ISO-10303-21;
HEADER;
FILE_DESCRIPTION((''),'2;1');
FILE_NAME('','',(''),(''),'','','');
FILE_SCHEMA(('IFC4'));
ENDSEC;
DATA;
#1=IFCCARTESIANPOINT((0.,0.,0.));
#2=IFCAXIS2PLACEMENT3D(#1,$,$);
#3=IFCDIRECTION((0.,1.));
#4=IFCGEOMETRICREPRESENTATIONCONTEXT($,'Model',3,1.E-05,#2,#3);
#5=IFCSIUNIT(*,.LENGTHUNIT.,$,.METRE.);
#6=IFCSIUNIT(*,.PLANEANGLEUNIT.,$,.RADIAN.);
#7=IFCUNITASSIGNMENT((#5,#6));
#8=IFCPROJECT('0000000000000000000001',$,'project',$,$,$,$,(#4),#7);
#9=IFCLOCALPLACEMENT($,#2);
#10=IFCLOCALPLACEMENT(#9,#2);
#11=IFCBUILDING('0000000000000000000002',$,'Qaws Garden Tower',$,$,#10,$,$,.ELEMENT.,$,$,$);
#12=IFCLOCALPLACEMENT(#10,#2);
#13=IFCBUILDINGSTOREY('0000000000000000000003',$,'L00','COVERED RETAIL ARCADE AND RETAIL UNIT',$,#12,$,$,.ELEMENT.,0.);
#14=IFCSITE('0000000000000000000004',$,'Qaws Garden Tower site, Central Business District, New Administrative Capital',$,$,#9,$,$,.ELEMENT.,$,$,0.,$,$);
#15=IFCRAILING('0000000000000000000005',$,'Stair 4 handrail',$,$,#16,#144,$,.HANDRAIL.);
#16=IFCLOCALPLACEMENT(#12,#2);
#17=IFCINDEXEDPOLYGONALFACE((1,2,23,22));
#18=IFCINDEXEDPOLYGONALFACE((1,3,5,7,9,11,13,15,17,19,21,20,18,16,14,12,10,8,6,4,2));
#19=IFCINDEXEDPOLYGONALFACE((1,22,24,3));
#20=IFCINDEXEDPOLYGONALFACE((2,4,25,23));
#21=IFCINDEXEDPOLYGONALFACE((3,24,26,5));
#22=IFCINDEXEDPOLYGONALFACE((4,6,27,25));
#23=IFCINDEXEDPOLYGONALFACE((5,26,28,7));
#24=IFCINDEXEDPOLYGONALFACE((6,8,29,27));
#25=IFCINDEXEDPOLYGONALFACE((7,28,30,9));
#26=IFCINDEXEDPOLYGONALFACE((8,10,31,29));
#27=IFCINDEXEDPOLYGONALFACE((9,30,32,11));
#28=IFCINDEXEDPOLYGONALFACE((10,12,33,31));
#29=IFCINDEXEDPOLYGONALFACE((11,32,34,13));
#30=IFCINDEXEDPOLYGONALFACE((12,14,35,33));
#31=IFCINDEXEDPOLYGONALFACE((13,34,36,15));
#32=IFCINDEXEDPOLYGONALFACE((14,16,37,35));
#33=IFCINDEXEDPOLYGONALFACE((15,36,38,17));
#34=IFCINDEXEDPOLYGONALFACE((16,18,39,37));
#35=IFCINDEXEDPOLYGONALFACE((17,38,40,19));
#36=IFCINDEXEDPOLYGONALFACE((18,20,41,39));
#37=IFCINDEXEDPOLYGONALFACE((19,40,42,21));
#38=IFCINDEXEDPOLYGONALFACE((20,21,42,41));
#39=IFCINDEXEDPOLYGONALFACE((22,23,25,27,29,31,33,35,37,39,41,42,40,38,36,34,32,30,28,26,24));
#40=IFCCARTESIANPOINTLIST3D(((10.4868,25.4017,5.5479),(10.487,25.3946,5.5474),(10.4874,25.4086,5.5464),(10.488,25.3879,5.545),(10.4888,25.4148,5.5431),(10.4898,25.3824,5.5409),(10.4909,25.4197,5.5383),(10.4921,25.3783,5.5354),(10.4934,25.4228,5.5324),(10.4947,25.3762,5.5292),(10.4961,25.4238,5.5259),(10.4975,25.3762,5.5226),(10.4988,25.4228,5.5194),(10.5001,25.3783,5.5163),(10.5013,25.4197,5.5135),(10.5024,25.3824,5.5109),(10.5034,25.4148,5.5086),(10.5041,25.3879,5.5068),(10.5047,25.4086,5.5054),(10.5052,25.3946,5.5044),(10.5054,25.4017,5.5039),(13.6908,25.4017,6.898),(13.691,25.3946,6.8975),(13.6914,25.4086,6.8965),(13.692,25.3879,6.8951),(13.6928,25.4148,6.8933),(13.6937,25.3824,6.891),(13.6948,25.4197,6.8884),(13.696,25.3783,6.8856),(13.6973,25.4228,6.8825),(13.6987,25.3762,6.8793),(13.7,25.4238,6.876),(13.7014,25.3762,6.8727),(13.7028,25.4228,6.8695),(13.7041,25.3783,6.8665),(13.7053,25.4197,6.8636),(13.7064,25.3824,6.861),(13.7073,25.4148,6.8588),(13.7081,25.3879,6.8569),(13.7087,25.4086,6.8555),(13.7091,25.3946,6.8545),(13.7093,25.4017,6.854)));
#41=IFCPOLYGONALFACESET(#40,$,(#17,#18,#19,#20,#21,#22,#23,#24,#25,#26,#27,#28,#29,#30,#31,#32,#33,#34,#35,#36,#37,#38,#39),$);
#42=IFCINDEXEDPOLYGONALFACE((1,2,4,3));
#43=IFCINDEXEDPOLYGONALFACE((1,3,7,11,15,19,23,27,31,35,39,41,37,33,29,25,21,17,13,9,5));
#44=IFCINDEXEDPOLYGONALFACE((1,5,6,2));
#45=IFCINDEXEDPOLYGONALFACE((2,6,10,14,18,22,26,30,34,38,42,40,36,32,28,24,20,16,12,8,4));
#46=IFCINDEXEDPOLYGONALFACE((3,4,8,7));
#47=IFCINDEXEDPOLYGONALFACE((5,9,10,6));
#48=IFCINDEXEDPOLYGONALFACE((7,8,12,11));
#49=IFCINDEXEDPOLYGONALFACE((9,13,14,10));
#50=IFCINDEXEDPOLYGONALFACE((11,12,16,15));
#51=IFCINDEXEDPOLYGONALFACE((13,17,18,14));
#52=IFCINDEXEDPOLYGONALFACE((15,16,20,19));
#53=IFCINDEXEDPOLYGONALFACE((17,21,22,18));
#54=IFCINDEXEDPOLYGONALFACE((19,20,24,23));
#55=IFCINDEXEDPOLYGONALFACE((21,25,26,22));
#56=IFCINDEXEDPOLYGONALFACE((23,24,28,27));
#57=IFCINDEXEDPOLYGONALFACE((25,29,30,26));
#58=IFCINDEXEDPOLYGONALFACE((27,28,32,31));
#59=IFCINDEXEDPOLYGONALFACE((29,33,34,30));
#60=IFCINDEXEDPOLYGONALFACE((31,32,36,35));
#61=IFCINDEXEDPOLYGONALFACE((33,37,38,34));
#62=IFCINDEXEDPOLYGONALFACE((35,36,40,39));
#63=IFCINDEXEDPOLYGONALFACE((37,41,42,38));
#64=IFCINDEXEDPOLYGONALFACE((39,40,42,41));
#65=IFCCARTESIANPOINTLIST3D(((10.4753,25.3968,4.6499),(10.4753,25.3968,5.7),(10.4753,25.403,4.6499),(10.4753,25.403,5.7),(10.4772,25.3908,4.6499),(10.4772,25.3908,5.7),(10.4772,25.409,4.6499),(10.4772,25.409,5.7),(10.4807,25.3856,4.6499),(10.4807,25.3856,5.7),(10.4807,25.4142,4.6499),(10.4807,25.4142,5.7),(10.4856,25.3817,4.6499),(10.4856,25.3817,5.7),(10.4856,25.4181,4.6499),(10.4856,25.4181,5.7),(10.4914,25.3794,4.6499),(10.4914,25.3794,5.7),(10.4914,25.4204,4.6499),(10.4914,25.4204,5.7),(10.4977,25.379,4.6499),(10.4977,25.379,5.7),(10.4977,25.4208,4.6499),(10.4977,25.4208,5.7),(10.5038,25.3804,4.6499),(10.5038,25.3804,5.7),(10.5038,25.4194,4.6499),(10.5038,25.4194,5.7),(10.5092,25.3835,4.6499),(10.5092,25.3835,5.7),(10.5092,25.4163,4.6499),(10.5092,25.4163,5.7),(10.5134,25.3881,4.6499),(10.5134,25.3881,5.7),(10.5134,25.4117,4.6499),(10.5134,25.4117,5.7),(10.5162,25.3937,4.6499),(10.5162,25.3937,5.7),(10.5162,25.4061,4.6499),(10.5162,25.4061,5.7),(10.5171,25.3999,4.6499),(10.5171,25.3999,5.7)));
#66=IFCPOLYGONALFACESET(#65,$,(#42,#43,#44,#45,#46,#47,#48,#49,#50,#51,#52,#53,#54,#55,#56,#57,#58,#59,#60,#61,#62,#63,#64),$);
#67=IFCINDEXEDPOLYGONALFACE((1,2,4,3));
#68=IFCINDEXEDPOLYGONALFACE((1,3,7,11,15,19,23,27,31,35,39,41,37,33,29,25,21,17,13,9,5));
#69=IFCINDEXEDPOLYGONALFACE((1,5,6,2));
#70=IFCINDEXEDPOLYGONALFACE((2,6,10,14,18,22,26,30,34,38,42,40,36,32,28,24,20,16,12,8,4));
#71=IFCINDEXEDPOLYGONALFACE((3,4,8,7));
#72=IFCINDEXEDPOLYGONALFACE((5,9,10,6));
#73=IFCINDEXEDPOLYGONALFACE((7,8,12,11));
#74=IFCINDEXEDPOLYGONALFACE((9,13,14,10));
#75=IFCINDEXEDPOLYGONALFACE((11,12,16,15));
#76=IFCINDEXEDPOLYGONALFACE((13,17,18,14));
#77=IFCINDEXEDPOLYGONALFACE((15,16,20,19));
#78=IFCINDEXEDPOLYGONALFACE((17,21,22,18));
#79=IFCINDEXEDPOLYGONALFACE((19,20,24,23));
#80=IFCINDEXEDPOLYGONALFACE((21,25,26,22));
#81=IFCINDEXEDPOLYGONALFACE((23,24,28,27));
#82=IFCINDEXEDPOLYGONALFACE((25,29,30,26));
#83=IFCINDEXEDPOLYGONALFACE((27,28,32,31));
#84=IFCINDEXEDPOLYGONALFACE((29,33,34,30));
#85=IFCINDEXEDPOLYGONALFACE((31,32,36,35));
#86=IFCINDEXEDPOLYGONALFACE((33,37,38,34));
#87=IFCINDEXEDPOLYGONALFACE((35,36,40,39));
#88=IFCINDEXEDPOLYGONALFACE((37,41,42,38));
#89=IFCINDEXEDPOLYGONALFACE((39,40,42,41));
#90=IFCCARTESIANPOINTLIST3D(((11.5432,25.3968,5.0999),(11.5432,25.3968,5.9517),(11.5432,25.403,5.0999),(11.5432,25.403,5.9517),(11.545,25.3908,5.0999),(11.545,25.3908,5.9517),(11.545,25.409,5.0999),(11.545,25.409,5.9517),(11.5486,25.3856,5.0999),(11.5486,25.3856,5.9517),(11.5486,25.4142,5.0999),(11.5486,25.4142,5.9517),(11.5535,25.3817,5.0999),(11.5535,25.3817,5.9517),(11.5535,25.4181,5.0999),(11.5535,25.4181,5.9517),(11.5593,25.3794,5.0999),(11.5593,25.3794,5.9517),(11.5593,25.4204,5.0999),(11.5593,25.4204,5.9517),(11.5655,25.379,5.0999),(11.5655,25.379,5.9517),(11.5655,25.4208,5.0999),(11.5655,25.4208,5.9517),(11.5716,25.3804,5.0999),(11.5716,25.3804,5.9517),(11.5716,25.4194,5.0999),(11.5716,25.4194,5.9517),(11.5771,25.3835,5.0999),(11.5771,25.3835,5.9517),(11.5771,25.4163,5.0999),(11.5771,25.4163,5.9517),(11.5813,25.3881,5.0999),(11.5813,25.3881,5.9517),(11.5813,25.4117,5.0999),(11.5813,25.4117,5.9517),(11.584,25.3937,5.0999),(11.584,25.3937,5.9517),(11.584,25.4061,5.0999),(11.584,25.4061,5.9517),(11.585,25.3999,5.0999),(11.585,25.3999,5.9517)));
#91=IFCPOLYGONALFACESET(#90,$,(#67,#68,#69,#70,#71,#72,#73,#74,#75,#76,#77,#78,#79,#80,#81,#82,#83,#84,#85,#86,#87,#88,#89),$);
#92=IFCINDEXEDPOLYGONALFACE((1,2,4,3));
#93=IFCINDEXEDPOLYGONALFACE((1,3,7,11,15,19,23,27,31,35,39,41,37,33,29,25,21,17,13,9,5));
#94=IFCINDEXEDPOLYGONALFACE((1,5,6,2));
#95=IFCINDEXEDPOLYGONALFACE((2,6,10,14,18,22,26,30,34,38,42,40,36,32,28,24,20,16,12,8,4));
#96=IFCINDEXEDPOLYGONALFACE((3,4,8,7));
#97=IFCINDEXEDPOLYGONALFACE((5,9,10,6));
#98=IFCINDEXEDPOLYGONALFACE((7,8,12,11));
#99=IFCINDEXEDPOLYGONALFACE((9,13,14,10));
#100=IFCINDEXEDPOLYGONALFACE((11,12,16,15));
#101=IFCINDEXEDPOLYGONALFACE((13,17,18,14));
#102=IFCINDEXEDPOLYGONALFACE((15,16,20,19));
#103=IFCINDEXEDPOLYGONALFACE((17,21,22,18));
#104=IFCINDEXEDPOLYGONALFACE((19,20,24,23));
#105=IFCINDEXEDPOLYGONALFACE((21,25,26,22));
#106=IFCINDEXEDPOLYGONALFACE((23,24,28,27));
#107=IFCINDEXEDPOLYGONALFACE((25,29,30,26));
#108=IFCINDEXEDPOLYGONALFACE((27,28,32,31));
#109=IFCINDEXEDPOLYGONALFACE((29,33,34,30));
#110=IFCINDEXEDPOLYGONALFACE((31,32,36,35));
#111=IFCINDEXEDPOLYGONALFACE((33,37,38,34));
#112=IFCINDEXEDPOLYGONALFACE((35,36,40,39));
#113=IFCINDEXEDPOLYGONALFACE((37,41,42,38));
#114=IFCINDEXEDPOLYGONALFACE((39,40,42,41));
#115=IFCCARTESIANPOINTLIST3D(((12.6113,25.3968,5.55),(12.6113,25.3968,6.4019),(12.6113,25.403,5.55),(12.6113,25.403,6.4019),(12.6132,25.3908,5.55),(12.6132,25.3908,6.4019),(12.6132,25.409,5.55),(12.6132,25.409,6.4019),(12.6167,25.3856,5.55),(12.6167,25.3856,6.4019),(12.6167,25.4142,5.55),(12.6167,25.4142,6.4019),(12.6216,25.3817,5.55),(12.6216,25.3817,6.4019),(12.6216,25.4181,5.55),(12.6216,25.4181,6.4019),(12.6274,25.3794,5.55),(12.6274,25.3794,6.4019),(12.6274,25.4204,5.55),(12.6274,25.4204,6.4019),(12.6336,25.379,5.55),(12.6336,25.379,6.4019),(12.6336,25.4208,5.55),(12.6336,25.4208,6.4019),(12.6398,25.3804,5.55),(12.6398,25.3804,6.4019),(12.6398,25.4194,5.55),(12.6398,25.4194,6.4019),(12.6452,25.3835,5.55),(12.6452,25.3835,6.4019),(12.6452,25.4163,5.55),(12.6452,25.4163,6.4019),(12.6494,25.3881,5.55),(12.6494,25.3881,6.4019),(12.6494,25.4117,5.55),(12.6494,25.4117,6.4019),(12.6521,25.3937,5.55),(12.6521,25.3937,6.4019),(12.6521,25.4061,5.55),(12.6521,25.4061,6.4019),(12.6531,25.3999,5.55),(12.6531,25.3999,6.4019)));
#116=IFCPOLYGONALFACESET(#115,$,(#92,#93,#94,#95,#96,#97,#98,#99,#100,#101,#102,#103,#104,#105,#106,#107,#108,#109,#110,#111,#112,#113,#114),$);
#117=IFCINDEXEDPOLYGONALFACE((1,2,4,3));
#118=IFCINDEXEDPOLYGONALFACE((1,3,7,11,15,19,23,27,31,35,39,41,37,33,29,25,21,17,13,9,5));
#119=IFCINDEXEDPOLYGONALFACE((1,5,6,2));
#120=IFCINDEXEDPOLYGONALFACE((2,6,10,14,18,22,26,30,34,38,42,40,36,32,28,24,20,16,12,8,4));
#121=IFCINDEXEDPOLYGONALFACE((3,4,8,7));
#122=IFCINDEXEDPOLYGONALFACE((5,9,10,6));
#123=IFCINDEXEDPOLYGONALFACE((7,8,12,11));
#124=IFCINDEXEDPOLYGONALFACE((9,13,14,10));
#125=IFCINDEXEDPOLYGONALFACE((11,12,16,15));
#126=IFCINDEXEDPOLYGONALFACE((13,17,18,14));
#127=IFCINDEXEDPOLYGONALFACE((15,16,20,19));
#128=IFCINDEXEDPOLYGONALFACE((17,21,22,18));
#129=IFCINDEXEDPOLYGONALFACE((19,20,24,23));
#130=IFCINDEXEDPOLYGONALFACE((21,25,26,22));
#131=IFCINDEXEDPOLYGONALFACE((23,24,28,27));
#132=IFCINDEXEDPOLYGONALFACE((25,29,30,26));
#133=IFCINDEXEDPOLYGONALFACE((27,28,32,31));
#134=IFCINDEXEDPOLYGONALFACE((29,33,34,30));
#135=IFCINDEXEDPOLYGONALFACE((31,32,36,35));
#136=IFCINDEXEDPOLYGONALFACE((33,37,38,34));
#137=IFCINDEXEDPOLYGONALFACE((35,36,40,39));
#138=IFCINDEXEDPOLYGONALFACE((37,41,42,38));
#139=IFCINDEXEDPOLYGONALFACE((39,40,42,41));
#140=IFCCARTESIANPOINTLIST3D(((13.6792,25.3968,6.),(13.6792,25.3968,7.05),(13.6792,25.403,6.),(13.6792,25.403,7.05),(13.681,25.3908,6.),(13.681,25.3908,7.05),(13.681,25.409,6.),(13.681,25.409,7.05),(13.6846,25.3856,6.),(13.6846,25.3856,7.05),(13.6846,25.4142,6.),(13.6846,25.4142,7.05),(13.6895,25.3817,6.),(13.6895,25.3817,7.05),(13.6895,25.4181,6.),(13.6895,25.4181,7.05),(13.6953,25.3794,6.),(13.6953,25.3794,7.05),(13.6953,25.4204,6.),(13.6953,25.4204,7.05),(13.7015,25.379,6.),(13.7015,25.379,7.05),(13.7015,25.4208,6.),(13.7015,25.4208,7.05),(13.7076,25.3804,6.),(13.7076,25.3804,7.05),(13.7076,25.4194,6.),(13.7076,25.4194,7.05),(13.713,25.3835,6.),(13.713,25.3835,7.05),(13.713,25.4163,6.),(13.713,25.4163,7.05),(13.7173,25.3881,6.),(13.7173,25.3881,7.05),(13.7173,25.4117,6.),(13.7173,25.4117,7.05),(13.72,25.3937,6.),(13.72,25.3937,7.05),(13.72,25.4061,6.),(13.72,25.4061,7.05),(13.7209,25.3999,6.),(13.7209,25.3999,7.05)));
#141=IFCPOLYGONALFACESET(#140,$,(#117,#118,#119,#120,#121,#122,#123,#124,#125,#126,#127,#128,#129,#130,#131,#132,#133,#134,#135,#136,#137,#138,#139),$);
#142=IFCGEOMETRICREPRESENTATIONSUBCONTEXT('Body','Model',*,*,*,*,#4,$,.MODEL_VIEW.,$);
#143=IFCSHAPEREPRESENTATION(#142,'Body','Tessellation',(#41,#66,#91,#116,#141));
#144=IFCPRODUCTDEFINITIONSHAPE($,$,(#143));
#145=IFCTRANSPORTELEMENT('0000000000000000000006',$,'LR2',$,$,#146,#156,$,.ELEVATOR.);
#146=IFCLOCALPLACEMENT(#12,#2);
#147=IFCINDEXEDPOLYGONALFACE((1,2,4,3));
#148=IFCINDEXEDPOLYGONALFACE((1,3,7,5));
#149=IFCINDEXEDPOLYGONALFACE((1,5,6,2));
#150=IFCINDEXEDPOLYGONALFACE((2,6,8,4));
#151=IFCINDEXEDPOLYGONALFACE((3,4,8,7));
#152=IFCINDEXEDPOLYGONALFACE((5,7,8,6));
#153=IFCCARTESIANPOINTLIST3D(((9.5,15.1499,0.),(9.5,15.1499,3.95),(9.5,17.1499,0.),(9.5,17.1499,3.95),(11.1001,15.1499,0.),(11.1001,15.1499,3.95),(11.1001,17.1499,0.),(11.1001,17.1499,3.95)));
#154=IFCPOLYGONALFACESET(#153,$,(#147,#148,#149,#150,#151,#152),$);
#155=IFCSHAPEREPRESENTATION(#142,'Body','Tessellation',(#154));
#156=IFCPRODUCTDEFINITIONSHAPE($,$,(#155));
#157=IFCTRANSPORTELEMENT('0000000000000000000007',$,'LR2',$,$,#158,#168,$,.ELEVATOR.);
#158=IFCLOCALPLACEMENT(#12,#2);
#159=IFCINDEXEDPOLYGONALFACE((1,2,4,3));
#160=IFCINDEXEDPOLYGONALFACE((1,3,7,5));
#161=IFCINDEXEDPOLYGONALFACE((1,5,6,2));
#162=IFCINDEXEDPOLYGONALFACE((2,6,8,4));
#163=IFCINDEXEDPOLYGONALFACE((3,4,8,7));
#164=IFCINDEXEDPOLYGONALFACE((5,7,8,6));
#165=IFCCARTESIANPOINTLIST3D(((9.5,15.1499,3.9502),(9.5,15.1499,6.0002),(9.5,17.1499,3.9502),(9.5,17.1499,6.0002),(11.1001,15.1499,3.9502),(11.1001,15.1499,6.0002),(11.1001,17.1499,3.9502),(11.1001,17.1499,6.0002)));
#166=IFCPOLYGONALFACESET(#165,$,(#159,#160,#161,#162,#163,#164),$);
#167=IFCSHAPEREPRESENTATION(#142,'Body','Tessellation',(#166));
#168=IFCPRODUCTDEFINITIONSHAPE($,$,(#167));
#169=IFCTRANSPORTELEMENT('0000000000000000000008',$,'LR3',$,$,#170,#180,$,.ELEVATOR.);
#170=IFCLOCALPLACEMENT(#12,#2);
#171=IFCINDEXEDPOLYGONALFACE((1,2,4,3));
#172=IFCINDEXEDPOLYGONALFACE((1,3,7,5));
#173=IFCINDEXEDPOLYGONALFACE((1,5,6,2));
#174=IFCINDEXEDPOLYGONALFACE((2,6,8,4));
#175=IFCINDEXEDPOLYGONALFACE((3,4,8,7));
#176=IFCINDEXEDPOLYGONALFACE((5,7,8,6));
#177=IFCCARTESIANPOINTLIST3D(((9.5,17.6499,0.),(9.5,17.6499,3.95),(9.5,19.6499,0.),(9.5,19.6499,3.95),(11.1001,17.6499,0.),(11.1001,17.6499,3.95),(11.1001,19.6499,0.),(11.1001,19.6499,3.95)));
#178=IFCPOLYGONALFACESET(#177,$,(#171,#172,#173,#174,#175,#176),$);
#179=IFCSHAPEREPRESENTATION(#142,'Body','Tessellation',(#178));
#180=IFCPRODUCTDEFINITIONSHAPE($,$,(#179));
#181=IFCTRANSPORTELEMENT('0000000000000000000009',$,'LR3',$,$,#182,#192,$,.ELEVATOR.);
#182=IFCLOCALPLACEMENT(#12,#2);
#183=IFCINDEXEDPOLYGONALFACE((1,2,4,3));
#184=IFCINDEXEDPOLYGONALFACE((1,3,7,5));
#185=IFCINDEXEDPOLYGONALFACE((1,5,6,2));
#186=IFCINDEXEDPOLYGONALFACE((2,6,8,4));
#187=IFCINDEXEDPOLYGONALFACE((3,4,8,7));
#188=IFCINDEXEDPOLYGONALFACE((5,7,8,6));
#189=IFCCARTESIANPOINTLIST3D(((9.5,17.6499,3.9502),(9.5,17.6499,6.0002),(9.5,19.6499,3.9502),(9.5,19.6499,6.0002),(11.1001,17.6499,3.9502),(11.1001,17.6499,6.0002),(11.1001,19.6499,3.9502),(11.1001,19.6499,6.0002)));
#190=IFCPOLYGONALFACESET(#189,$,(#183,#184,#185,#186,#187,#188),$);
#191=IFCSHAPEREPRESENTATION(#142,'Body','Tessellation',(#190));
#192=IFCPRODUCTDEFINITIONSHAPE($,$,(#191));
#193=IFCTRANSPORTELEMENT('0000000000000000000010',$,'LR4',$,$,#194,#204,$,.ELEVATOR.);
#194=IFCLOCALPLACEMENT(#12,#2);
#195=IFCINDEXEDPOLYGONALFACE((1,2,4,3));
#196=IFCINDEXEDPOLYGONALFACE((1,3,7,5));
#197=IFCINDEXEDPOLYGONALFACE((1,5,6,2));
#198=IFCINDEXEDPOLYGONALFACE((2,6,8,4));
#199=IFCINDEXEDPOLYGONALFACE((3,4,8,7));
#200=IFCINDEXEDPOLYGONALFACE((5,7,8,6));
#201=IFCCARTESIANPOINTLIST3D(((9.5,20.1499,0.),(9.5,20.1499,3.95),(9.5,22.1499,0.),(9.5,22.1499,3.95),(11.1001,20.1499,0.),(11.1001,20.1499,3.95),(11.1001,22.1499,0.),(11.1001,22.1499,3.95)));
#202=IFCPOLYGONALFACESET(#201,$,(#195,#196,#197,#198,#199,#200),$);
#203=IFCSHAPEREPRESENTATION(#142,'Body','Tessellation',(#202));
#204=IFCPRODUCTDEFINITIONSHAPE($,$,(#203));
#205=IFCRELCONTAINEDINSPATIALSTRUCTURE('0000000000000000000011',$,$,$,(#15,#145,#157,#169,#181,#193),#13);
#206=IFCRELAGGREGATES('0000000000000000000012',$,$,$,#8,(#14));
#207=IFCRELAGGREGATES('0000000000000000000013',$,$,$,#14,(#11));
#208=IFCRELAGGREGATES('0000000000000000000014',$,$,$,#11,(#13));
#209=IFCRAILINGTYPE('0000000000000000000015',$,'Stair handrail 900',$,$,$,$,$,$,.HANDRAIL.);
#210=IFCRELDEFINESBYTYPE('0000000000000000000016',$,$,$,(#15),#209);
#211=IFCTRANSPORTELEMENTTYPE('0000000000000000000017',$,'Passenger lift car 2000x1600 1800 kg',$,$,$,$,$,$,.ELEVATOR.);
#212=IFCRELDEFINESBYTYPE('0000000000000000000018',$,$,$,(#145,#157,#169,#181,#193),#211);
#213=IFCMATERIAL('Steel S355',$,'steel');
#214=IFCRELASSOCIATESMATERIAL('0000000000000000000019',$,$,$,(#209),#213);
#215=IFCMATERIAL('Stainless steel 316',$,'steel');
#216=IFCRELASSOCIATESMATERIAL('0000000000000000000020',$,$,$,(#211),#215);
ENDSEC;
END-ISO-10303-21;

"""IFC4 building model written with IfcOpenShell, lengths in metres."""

from ifc_helpers import new_model, si_unit, direction, frame, origin, origin_2d, place, context, subcontext, project, spatial, rectangle, circle, extrude, material, type_object, element, save


model = new_model("IFC4")

# Units and contexts
model_context = context("Model", 3, precision=1e-05, world=origin(), true_north=direction((0.0, 1.0)))
body_context = subcontext(model_context, "Body", "Model", "MODEL_VIEW")
ifc_project = project(units=[si_unit("LENGTHUNIT", "METRE"), si_unit("PLANEANGLEUNIT", "RADIAN")], contexts=[model_context])

# Site, building, storey
site_placement = place(None, origin())
site = spatial("IfcSite", under=ifc_project, at=site_placement, Name="Qaws Garden Tower site, Central Business District, New Administrative Capital", CompositionType="ELEMENT", RefElevation=0.0)
building_placement = place(site_placement, origin())
building = spatial("IfcBuilding", under=site, at=building_placement, Name="Qaws Garden Tower", CompositionType="ELEMENT")
storey_placement = place(building_placement, origin())
storey = spatial("IfcBuildingStorey", under=building, at=storey_placement, Name="L00", Description="COVERED RETAIL ARCADE AND RETAIL UNIT", CompositionType="ELEMENT", Elevation=0.0)

# Railing
ifc_material_1 = material(Name="Steel S355", Category="steel")
railing_type = type_object("IfcRailingType", Name="Stair handrail 900", PredefinedType="HANDRAIL", material=ifc_material_1)
for number, where, name in (
    (1, (10.4961, 25.3999, 4.6499), "Stair 4 handrail"),
):
    element("IfcRailing", number, at=place(storey_placement, frame(where)), inside=storey, type_object=railing_type, Name=name, PredefinedType="HANDRAIL", context=body_context, shape_type="SweptSolid", body=[
        extrude(circle(Radius=0.0239, at=origin_2d()), frame((0.0, 0.0, 0.876), z_axis=(0.921522, 0.0, 0.388327), x_axis=(0.0, 1.0, 0.0)), (0.0, 0.0, 1.0), 3.4768),
        extrude(circle(Radius=0.021, at=origin_2d()), origin(), (0.0, 0.0, 1.0), 1.05),
        extrude(circle(Radius=0.021, at=origin_2d()), frame((1.0679, 0.0, 0.45)), (0.0, 0.0, 1.0), 0.8518),
        extrude(circle(Radius=0.021, at=origin_2d()), frame((2.136, 0.0, 0.9001)), (0.0, 0.0, 1.0), 0.8518),
        extrude(circle(Radius=0.021, at=origin_2d()), frame((3.2039, 0.0, 1.3501)), (0.0, 0.0, 1.0), 1.05),
    ])

# Transport elements
ifc_material_2 = material(Name="Stainless steel 316", Category="steel")
transport_element_type = type_object("IfcTransportElementType", Name="Passenger lift car 2000x1600 1800 kg", PredefinedType="ELEVATOR", material=ifc_material_2)
transport_element_1_placement = place(storey_placement, frame((10.3, 16.1499, 0.0), z_axis=(0.0, 0.0, 1.0), x_axis=(1.0, 0.0, 0.0)))
element("IfcTransportElement", 2, at=transport_element_1_placement, inside=storey, type_object=transport_element_type, Name="LR2", PredefinedType="ELEVATOR", context=body_context, shape_type="SweptSolid", body=[
    extrude(rectangle(XDim=1.6001, YDim=2.0, at=origin_2d()), origin(), (0.0, 0.0, 1.0), 3.95),
])
transport_element_2_placement = place(storey_placement, frame((10.3, 16.1499, 3.9502), z_axis=(0.0, 0.0, 1.0), x_axis=(1.0, 0.0, 0.0)))
element("IfcTransportElement", 3, at=transport_element_2_placement, inside=storey, type_object=transport_element_type, Name="LR2", PredefinedType="ELEVATOR", context=body_context, shape_type="SweptSolid", body=[
    extrude(rectangle(XDim=1.6001, YDim=2.0, at=origin_2d()), origin(), (0.0, 0.0, 1.0), 2.05),
])
transport_element_3_placement = place(storey_placement, frame((10.3, 18.6499, 0.0), z_axis=(0.0, 0.0, 1.0), x_axis=(1.0, 0.0, 0.0)))
element("IfcTransportElement", 4, at=transport_element_3_placement, inside=storey, type_object=transport_element_type, Name="LR3", PredefinedType="ELEVATOR", context=body_context, shape_type="SweptSolid", body=[
    extrude(rectangle(XDim=1.6001, YDim=2.0, at=origin_2d()), origin(), (0.0, 0.0, 1.0), 3.95),
])
transport_element_4_placement = place(storey_placement, frame((10.3, 18.6499, 3.9502), z_axis=(0.0, 0.0, 1.0), x_axis=(1.0, 0.0, 0.0)))
element("IfcTransportElement", 5, at=transport_element_4_placement, inside=storey, type_object=transport_element_type, Name="LR3", PredefinedType="ELEVATOR", context=body_context, shape_type="SweptSolid", body=[
    extrude(rectangle(XDim=1.6001, YDim=2.0, at=origin_2d()), origin(), (0.0, 0.0, 1.0), 2.05),
])
transport_element_5_placement = place(storey_placement, frame((10.3, 21.1499, 0.0), z_axis=(0.0, 0.0, 1.0), x_axis=(1.0, 0.0, 0.0)))
element("IfcTransportElement", 6, at=transport_element_5_placement, inside=storey, type_object=transport_element_type, Name="LR4", PredefinedType="ELEVATOR", context=body_context, shape_type="SweptSolid", body=[
    extrude(rectangle(XDim=1.6001, YDim=2.0, at=origin_2d()), origin(), (0.0, 0.0, 1.0), 3.95),
])

save(model, "model.ifc")
